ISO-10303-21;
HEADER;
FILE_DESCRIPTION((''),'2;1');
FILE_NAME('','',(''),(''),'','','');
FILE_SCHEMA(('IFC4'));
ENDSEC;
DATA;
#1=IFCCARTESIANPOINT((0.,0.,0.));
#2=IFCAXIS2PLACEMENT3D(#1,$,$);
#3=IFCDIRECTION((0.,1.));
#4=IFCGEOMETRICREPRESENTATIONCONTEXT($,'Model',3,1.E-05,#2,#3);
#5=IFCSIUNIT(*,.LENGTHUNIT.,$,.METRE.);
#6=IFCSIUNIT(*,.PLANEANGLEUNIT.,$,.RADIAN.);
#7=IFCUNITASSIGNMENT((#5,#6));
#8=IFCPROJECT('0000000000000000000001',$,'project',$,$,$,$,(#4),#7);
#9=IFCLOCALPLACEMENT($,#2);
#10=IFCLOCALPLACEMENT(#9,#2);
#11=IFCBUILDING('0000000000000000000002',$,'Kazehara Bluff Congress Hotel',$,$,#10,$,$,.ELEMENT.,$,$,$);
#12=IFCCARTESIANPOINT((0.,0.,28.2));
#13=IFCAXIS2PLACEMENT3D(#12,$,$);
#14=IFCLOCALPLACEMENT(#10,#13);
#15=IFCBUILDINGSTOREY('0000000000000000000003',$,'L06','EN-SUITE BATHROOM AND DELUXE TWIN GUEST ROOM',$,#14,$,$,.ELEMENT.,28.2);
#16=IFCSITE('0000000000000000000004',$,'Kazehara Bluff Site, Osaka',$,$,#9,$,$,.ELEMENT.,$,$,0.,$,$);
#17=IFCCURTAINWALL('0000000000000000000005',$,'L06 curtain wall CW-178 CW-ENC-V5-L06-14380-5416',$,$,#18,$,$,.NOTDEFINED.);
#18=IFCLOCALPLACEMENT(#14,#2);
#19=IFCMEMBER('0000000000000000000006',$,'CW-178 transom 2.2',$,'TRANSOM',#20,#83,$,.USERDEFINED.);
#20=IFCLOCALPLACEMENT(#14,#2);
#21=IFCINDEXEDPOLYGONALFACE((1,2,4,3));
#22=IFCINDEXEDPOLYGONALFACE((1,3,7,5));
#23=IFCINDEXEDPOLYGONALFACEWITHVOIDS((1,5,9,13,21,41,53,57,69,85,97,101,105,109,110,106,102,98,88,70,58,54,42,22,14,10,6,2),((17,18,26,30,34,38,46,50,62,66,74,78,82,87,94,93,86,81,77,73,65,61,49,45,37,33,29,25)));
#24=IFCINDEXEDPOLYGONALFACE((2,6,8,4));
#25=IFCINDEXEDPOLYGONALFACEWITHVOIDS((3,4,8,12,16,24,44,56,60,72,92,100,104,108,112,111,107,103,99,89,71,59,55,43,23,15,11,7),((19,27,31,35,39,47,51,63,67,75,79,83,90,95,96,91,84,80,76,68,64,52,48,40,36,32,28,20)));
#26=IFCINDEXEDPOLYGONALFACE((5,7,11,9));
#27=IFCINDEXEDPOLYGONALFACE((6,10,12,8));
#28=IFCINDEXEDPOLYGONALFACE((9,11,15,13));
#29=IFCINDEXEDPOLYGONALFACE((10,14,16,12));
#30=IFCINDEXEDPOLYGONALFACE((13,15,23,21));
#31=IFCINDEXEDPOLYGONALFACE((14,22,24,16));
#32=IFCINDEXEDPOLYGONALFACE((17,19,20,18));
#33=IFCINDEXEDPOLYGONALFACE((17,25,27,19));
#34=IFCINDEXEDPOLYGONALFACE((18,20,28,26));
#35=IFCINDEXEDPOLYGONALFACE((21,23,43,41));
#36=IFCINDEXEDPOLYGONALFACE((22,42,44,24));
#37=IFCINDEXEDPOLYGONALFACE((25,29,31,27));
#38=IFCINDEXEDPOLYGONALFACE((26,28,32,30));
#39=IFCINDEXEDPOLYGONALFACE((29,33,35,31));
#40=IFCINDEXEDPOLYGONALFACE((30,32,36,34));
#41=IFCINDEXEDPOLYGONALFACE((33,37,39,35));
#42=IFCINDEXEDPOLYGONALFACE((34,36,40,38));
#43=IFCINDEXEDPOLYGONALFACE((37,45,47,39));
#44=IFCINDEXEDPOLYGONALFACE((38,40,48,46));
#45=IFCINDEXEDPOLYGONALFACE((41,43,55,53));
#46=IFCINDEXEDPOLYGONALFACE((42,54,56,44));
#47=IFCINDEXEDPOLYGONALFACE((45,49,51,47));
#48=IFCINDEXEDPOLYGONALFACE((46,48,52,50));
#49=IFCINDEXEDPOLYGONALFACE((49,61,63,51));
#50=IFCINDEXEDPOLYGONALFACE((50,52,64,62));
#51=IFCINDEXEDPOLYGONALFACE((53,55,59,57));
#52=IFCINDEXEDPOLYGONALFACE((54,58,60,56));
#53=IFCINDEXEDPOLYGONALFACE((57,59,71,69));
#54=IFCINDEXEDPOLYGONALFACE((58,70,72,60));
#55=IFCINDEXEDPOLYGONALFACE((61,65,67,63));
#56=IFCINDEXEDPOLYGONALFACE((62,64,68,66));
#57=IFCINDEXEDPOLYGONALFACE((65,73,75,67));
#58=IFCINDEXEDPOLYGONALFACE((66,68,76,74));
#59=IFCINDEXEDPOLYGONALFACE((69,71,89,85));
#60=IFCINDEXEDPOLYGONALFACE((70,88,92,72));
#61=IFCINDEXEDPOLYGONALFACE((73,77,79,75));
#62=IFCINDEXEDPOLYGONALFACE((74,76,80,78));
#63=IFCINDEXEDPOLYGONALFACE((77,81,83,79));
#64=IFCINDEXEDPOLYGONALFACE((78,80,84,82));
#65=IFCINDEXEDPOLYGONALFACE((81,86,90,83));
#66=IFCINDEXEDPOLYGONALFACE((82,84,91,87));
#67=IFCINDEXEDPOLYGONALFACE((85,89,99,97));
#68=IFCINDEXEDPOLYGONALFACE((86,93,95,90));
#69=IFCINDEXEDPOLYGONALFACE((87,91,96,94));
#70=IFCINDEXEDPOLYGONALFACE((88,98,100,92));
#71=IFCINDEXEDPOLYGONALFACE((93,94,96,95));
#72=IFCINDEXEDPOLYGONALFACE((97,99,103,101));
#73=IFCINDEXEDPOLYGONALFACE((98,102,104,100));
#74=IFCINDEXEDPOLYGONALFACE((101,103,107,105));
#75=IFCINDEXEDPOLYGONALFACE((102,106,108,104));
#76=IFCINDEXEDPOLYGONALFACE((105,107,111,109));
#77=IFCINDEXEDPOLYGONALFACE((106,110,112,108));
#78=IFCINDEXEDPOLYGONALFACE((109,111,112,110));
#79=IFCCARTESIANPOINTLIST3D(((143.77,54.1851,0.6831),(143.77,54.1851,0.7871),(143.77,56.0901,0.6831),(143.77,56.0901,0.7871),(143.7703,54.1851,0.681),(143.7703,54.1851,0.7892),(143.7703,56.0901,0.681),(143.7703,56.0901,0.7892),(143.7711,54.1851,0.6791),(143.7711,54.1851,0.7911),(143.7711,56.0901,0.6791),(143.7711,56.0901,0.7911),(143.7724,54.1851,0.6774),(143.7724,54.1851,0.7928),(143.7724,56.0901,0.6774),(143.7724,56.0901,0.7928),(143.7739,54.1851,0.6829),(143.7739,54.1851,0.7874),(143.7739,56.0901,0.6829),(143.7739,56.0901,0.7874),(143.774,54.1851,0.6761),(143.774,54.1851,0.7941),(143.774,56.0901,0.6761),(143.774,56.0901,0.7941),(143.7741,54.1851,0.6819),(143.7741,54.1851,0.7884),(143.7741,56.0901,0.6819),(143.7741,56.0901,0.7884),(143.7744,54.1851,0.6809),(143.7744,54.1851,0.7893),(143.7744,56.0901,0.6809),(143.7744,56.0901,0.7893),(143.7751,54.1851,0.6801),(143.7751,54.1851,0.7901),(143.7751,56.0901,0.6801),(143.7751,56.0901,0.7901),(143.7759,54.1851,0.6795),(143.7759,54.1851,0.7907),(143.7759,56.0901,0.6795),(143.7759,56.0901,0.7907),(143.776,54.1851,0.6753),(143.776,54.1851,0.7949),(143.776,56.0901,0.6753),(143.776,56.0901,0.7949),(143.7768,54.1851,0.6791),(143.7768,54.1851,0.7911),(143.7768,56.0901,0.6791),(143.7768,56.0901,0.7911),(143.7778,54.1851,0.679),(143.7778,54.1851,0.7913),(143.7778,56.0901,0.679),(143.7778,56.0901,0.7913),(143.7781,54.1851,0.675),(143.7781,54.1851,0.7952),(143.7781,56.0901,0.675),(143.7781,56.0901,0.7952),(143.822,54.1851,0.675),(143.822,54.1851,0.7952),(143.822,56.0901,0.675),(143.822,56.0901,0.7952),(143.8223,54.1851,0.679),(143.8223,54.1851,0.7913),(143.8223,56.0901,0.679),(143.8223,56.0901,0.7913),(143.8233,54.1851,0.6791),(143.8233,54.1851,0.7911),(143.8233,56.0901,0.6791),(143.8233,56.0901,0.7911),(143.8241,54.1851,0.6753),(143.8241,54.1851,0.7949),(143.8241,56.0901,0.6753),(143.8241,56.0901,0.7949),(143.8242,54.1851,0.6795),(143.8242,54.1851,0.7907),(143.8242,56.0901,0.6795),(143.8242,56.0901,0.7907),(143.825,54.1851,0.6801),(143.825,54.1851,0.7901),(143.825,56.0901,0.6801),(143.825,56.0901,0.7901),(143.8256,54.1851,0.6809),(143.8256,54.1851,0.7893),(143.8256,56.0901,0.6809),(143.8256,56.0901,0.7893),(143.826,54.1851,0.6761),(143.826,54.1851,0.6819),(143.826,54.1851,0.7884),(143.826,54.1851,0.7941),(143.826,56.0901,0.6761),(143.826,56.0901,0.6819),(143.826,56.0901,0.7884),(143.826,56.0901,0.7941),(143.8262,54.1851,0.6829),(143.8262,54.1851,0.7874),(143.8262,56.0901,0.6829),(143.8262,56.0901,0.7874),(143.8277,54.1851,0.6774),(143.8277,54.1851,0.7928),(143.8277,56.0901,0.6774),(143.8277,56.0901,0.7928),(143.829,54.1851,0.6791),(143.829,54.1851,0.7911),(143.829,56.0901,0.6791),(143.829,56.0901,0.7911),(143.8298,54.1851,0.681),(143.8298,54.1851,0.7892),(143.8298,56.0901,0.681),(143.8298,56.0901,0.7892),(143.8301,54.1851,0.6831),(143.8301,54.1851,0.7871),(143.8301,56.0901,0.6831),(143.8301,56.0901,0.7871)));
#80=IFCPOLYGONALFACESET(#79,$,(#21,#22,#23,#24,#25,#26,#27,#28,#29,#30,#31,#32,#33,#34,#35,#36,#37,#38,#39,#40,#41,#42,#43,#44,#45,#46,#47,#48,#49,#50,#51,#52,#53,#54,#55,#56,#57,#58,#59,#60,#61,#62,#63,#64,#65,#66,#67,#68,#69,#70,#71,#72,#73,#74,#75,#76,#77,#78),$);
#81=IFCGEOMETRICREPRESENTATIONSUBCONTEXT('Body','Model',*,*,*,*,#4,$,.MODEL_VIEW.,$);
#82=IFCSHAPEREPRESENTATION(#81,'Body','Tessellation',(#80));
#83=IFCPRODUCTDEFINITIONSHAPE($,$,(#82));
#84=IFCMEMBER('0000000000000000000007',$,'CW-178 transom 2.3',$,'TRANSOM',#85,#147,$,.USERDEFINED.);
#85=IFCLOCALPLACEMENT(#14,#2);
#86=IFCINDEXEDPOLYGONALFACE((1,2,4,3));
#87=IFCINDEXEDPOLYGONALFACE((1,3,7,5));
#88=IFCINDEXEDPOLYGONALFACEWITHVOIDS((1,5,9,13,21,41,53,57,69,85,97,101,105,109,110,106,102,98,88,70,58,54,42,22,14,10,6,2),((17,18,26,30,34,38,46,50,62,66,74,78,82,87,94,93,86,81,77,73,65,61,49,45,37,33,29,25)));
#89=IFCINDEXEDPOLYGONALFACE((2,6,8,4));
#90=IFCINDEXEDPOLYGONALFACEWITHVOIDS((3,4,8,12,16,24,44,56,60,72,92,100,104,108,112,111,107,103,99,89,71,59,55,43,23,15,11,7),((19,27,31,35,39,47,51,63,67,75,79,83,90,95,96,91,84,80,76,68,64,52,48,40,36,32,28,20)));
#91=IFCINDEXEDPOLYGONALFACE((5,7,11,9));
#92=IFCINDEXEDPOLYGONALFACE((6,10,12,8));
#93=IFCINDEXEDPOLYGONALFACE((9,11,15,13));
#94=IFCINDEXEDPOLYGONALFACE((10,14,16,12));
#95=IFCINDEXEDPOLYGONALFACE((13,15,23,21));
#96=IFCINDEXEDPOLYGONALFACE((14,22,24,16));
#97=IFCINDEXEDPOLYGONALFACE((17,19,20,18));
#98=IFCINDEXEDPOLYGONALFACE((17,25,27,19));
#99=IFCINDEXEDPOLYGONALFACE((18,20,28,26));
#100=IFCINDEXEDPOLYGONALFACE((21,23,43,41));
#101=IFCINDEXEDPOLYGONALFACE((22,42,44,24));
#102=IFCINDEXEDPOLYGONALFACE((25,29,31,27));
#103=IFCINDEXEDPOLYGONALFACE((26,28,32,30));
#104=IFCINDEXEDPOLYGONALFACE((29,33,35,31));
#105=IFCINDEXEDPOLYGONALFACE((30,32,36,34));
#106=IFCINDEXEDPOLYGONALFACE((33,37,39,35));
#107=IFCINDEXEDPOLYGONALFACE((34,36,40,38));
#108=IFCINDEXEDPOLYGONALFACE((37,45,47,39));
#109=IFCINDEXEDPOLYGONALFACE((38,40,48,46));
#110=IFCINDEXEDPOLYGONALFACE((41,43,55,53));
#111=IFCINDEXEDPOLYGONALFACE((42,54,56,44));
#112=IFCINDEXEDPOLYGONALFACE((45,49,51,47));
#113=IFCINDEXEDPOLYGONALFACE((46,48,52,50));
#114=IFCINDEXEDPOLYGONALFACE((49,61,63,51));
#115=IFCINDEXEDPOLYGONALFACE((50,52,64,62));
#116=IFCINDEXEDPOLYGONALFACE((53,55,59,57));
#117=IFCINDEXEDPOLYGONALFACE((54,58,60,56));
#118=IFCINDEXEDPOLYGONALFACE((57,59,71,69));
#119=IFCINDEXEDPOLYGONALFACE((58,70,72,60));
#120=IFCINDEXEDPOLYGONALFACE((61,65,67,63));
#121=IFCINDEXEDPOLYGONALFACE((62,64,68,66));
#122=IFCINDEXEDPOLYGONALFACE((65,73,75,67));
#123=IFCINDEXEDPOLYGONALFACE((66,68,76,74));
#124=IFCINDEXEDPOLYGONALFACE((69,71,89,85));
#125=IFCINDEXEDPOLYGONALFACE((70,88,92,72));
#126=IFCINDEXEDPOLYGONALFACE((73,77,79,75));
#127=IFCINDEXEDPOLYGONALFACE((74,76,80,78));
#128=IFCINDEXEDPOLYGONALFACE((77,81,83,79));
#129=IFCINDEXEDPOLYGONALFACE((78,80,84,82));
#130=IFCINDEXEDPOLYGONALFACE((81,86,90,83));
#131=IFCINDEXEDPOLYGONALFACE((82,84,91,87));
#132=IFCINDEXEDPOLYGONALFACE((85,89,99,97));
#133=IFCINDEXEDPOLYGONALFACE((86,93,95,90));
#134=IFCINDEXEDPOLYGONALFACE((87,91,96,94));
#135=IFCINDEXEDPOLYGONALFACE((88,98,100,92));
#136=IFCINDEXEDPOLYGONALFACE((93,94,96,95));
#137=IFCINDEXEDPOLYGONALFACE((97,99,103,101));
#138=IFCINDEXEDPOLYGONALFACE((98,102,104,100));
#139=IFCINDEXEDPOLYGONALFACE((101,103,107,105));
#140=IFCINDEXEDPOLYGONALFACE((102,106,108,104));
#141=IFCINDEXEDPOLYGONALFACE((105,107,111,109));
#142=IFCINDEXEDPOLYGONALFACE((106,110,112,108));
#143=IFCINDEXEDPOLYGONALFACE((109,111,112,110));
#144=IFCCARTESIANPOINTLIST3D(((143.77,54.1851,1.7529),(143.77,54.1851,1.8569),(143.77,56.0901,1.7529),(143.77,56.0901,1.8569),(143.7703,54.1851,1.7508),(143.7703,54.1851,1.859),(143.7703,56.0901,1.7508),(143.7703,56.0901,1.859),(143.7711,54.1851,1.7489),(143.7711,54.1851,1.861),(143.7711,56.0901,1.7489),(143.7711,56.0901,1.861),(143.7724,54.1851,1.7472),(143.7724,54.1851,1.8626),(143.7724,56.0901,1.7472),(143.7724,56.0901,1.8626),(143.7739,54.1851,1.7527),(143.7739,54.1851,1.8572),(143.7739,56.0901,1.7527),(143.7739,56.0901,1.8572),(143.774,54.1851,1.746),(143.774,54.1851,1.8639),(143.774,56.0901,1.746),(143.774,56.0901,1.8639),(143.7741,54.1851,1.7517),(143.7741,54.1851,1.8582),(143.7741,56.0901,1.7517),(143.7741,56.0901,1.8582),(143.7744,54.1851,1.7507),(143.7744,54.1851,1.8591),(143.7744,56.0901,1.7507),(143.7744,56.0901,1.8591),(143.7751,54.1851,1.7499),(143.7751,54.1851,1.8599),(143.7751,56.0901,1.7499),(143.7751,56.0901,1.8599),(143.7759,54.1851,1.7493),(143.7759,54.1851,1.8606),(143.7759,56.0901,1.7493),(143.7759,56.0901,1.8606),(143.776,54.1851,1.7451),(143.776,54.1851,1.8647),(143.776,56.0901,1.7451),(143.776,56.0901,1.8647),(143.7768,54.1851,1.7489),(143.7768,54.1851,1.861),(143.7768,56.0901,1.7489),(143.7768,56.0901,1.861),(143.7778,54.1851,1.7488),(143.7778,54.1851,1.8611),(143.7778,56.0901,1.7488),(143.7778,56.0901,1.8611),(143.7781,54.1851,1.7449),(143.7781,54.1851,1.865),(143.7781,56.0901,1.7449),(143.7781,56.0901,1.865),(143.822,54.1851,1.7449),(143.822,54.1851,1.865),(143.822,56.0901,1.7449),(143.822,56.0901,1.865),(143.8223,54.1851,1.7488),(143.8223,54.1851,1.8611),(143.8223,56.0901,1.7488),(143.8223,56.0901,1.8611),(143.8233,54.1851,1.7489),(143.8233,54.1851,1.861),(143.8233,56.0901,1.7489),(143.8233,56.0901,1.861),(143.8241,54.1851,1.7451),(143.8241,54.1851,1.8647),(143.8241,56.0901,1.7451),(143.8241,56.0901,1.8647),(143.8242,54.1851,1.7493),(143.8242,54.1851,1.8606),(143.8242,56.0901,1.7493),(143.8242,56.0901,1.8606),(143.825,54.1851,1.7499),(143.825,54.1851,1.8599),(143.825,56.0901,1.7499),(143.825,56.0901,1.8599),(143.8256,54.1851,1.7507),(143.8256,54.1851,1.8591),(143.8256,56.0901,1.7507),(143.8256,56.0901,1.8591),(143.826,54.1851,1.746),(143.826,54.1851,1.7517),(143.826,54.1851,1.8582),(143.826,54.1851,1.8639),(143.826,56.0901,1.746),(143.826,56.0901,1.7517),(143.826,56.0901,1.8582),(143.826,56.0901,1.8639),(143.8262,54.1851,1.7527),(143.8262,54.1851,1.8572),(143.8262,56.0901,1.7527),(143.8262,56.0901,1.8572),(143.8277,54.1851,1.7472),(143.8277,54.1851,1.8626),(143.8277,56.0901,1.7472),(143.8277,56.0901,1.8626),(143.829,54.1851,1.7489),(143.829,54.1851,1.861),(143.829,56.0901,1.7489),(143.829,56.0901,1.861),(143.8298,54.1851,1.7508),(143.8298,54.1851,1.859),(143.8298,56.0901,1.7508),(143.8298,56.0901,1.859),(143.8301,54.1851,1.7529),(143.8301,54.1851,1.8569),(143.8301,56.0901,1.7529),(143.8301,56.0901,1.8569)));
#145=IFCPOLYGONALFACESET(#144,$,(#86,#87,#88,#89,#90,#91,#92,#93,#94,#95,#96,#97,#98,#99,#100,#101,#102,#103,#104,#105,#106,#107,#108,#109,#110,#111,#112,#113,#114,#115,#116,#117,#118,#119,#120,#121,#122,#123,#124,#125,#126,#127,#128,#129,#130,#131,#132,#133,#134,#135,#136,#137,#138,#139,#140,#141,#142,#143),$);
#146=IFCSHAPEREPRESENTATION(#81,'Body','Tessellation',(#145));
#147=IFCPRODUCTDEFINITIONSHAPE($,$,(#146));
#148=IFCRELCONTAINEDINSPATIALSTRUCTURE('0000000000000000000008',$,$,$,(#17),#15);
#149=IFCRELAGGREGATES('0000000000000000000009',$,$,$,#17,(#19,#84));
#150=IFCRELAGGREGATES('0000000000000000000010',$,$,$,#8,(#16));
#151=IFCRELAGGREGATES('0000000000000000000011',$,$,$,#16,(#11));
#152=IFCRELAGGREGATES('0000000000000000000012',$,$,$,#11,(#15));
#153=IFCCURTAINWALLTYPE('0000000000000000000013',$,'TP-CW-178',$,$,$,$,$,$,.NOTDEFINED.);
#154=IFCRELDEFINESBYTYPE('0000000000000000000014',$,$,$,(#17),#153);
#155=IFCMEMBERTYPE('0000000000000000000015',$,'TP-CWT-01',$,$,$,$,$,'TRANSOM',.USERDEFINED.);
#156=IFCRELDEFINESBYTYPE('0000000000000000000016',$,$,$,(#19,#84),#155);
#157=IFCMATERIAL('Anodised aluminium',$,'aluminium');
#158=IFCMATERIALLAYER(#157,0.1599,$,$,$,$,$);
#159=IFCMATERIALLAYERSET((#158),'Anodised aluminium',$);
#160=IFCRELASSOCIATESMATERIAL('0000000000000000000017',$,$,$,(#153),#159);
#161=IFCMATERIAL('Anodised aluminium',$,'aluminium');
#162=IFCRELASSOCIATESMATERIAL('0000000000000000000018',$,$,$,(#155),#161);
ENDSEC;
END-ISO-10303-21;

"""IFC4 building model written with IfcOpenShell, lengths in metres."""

from ifc_helpers import new_model, si_unit, direction, frame, origin, origin_2d, place, context, subcontext, project, spatial, hollow_rectangle, extrude, material, layer, layer_set, material_profile, profile_set, type_object, element, aggregate, save


model = new_model("IFC4")

# Units and contexts
model_context = context("Model", 3, precision=1e-05, world=origin(), true_north=direction((0.0, 1.0)))
body_context = subcontext(model_context, "Body", "Model", "MODEL_VIEW")
ifc_project = project(units=[si_unit("LENGTHUNIT", "METRE"), si_unit("PLANEANGLEUNIT", "RADIAN")], contexts=[model_context])

# Site, building, storey
site_placement = place(None, origin())
site = spatial("IfcSite", under=ifc_project, at=site_placement, Name="Kazehara Bluff Site, Osaka", CompositionType="ELEMENT", RefElevation=0.0)
building_placement = place(site_placement, origin())
building = spatial("IfcBuilding", under=site, at=building_placement, Name="Kazehara Bluff Congress Hotel", CompositionType="ELEMENT")
storey_placement = place(building_placement, frame((0.0, 0.0, 28.2)))
storey = spatial("IfcBuildingStorey", under=building, at=storey_placement, Name="L06", Description="EN-SUITE BATHROOM AND DELUXE TWIN GUEST ROOM", CompositionType="ELEMENT", Elevation=28.2)

# Curtain wall
ifc_material_1 = material(Name="Anodised aluminium", Category="aluminium")
ifc_layer_1 = layer(ifc_material_1, 0.1599)
ifc_layer_set_1 = layer_set([ifc_layer_1], Name="Anodised aluminium")
curtain_wall_type_1 = type_object("IfcCurtainWallType", Name="TP-CW-178", PredefinedType="NOTDEFINED", material=ifc_layer_set_1)
curtain_wall_1_placement = place(storey_placement, origin())
curtain_wall_1 = element("IfcCurtainWall", 1, at=curtain_wall_1_placement, inside=storey, type_object=curtain_wall_type_1, Name="L06 curtain wall CW-178 CW-ENC-V5-L06-14380-5416", PredefinedType="NOTDEFINED")

# Members
ifc_material_2 = material(Name="Anodised aluminium", Category="aluminium")
ifc_material_profile_1 = material_profile(ifc_material_2, hollow_rectangle(XDim=0.0601, YDim=0.1201, WallThickness=0.0039, InnerFilletRadius=0.0039, OuterFilletRadius=0.0081, at=origin_2d()))
ifc_profile_set_1 = profile_set([ifc_material_profile_1], Name="Anodised aluminium")
member_type_1 = type_object("IfcMemberType", Name="TP-CWT-01", ElementType="TRANSOM", PredefinedType="USERDEFINED", material=ifc_profile_set_1)
member_1_placement = place(storey_placement, frame((143.8, 54.1851, 0.7351), z_axis=(0.0, 1.0, 0.0), x_axis=(-1.0, 0.0, 0.0)))
member_1 = element("IfcMember", 2, at=member_1_placement, type_object=member_type_1, Name="CW-178 transom 2.2", ObjectType="TRANSOM", PredefinedType="USERDEFINED", context=body_context, shape_type="SweptSolid", body=[
    extrude(hollow_rectangle(XDim=0.0601, YDim=0.1201, WallThickness=0.0039, InnerFilletRadius=0.0039, OuterFilletRadius=0.0081, at=origin_2d()), origin(), (0.0, 0.0, 1.0), 1.905),
])
member_2_placement = place(storey_placement, frame((143.8, 54.1851, 1.8049), z_axis=(0.0, 1.0, 0.0), x_axis=(-1.0, 0.0, 0.0)))
member_2 = element("IfcMember", 3, at=member_2_placement, type_object=member_type_1, Name="CW-178 transom 2.3", ObjectType="TRANSOM", PredefinedType="USERDEFINED", context=body_context, shape_type="SweptSolid", body=[
    extrude(hollow_rectangle(XDim=0.0601, YDim=0.1201, WallThickness=0.0039, InnerFilletRadius=0.0039, OuterFilletRadius=0.0081, at=origin_2d()), origin(), (0.0, 0.0, 1.0), 1.905),
])

aggregate(curtain_wall_1, [member_1, member_2])

save(model, "model.ifc")
